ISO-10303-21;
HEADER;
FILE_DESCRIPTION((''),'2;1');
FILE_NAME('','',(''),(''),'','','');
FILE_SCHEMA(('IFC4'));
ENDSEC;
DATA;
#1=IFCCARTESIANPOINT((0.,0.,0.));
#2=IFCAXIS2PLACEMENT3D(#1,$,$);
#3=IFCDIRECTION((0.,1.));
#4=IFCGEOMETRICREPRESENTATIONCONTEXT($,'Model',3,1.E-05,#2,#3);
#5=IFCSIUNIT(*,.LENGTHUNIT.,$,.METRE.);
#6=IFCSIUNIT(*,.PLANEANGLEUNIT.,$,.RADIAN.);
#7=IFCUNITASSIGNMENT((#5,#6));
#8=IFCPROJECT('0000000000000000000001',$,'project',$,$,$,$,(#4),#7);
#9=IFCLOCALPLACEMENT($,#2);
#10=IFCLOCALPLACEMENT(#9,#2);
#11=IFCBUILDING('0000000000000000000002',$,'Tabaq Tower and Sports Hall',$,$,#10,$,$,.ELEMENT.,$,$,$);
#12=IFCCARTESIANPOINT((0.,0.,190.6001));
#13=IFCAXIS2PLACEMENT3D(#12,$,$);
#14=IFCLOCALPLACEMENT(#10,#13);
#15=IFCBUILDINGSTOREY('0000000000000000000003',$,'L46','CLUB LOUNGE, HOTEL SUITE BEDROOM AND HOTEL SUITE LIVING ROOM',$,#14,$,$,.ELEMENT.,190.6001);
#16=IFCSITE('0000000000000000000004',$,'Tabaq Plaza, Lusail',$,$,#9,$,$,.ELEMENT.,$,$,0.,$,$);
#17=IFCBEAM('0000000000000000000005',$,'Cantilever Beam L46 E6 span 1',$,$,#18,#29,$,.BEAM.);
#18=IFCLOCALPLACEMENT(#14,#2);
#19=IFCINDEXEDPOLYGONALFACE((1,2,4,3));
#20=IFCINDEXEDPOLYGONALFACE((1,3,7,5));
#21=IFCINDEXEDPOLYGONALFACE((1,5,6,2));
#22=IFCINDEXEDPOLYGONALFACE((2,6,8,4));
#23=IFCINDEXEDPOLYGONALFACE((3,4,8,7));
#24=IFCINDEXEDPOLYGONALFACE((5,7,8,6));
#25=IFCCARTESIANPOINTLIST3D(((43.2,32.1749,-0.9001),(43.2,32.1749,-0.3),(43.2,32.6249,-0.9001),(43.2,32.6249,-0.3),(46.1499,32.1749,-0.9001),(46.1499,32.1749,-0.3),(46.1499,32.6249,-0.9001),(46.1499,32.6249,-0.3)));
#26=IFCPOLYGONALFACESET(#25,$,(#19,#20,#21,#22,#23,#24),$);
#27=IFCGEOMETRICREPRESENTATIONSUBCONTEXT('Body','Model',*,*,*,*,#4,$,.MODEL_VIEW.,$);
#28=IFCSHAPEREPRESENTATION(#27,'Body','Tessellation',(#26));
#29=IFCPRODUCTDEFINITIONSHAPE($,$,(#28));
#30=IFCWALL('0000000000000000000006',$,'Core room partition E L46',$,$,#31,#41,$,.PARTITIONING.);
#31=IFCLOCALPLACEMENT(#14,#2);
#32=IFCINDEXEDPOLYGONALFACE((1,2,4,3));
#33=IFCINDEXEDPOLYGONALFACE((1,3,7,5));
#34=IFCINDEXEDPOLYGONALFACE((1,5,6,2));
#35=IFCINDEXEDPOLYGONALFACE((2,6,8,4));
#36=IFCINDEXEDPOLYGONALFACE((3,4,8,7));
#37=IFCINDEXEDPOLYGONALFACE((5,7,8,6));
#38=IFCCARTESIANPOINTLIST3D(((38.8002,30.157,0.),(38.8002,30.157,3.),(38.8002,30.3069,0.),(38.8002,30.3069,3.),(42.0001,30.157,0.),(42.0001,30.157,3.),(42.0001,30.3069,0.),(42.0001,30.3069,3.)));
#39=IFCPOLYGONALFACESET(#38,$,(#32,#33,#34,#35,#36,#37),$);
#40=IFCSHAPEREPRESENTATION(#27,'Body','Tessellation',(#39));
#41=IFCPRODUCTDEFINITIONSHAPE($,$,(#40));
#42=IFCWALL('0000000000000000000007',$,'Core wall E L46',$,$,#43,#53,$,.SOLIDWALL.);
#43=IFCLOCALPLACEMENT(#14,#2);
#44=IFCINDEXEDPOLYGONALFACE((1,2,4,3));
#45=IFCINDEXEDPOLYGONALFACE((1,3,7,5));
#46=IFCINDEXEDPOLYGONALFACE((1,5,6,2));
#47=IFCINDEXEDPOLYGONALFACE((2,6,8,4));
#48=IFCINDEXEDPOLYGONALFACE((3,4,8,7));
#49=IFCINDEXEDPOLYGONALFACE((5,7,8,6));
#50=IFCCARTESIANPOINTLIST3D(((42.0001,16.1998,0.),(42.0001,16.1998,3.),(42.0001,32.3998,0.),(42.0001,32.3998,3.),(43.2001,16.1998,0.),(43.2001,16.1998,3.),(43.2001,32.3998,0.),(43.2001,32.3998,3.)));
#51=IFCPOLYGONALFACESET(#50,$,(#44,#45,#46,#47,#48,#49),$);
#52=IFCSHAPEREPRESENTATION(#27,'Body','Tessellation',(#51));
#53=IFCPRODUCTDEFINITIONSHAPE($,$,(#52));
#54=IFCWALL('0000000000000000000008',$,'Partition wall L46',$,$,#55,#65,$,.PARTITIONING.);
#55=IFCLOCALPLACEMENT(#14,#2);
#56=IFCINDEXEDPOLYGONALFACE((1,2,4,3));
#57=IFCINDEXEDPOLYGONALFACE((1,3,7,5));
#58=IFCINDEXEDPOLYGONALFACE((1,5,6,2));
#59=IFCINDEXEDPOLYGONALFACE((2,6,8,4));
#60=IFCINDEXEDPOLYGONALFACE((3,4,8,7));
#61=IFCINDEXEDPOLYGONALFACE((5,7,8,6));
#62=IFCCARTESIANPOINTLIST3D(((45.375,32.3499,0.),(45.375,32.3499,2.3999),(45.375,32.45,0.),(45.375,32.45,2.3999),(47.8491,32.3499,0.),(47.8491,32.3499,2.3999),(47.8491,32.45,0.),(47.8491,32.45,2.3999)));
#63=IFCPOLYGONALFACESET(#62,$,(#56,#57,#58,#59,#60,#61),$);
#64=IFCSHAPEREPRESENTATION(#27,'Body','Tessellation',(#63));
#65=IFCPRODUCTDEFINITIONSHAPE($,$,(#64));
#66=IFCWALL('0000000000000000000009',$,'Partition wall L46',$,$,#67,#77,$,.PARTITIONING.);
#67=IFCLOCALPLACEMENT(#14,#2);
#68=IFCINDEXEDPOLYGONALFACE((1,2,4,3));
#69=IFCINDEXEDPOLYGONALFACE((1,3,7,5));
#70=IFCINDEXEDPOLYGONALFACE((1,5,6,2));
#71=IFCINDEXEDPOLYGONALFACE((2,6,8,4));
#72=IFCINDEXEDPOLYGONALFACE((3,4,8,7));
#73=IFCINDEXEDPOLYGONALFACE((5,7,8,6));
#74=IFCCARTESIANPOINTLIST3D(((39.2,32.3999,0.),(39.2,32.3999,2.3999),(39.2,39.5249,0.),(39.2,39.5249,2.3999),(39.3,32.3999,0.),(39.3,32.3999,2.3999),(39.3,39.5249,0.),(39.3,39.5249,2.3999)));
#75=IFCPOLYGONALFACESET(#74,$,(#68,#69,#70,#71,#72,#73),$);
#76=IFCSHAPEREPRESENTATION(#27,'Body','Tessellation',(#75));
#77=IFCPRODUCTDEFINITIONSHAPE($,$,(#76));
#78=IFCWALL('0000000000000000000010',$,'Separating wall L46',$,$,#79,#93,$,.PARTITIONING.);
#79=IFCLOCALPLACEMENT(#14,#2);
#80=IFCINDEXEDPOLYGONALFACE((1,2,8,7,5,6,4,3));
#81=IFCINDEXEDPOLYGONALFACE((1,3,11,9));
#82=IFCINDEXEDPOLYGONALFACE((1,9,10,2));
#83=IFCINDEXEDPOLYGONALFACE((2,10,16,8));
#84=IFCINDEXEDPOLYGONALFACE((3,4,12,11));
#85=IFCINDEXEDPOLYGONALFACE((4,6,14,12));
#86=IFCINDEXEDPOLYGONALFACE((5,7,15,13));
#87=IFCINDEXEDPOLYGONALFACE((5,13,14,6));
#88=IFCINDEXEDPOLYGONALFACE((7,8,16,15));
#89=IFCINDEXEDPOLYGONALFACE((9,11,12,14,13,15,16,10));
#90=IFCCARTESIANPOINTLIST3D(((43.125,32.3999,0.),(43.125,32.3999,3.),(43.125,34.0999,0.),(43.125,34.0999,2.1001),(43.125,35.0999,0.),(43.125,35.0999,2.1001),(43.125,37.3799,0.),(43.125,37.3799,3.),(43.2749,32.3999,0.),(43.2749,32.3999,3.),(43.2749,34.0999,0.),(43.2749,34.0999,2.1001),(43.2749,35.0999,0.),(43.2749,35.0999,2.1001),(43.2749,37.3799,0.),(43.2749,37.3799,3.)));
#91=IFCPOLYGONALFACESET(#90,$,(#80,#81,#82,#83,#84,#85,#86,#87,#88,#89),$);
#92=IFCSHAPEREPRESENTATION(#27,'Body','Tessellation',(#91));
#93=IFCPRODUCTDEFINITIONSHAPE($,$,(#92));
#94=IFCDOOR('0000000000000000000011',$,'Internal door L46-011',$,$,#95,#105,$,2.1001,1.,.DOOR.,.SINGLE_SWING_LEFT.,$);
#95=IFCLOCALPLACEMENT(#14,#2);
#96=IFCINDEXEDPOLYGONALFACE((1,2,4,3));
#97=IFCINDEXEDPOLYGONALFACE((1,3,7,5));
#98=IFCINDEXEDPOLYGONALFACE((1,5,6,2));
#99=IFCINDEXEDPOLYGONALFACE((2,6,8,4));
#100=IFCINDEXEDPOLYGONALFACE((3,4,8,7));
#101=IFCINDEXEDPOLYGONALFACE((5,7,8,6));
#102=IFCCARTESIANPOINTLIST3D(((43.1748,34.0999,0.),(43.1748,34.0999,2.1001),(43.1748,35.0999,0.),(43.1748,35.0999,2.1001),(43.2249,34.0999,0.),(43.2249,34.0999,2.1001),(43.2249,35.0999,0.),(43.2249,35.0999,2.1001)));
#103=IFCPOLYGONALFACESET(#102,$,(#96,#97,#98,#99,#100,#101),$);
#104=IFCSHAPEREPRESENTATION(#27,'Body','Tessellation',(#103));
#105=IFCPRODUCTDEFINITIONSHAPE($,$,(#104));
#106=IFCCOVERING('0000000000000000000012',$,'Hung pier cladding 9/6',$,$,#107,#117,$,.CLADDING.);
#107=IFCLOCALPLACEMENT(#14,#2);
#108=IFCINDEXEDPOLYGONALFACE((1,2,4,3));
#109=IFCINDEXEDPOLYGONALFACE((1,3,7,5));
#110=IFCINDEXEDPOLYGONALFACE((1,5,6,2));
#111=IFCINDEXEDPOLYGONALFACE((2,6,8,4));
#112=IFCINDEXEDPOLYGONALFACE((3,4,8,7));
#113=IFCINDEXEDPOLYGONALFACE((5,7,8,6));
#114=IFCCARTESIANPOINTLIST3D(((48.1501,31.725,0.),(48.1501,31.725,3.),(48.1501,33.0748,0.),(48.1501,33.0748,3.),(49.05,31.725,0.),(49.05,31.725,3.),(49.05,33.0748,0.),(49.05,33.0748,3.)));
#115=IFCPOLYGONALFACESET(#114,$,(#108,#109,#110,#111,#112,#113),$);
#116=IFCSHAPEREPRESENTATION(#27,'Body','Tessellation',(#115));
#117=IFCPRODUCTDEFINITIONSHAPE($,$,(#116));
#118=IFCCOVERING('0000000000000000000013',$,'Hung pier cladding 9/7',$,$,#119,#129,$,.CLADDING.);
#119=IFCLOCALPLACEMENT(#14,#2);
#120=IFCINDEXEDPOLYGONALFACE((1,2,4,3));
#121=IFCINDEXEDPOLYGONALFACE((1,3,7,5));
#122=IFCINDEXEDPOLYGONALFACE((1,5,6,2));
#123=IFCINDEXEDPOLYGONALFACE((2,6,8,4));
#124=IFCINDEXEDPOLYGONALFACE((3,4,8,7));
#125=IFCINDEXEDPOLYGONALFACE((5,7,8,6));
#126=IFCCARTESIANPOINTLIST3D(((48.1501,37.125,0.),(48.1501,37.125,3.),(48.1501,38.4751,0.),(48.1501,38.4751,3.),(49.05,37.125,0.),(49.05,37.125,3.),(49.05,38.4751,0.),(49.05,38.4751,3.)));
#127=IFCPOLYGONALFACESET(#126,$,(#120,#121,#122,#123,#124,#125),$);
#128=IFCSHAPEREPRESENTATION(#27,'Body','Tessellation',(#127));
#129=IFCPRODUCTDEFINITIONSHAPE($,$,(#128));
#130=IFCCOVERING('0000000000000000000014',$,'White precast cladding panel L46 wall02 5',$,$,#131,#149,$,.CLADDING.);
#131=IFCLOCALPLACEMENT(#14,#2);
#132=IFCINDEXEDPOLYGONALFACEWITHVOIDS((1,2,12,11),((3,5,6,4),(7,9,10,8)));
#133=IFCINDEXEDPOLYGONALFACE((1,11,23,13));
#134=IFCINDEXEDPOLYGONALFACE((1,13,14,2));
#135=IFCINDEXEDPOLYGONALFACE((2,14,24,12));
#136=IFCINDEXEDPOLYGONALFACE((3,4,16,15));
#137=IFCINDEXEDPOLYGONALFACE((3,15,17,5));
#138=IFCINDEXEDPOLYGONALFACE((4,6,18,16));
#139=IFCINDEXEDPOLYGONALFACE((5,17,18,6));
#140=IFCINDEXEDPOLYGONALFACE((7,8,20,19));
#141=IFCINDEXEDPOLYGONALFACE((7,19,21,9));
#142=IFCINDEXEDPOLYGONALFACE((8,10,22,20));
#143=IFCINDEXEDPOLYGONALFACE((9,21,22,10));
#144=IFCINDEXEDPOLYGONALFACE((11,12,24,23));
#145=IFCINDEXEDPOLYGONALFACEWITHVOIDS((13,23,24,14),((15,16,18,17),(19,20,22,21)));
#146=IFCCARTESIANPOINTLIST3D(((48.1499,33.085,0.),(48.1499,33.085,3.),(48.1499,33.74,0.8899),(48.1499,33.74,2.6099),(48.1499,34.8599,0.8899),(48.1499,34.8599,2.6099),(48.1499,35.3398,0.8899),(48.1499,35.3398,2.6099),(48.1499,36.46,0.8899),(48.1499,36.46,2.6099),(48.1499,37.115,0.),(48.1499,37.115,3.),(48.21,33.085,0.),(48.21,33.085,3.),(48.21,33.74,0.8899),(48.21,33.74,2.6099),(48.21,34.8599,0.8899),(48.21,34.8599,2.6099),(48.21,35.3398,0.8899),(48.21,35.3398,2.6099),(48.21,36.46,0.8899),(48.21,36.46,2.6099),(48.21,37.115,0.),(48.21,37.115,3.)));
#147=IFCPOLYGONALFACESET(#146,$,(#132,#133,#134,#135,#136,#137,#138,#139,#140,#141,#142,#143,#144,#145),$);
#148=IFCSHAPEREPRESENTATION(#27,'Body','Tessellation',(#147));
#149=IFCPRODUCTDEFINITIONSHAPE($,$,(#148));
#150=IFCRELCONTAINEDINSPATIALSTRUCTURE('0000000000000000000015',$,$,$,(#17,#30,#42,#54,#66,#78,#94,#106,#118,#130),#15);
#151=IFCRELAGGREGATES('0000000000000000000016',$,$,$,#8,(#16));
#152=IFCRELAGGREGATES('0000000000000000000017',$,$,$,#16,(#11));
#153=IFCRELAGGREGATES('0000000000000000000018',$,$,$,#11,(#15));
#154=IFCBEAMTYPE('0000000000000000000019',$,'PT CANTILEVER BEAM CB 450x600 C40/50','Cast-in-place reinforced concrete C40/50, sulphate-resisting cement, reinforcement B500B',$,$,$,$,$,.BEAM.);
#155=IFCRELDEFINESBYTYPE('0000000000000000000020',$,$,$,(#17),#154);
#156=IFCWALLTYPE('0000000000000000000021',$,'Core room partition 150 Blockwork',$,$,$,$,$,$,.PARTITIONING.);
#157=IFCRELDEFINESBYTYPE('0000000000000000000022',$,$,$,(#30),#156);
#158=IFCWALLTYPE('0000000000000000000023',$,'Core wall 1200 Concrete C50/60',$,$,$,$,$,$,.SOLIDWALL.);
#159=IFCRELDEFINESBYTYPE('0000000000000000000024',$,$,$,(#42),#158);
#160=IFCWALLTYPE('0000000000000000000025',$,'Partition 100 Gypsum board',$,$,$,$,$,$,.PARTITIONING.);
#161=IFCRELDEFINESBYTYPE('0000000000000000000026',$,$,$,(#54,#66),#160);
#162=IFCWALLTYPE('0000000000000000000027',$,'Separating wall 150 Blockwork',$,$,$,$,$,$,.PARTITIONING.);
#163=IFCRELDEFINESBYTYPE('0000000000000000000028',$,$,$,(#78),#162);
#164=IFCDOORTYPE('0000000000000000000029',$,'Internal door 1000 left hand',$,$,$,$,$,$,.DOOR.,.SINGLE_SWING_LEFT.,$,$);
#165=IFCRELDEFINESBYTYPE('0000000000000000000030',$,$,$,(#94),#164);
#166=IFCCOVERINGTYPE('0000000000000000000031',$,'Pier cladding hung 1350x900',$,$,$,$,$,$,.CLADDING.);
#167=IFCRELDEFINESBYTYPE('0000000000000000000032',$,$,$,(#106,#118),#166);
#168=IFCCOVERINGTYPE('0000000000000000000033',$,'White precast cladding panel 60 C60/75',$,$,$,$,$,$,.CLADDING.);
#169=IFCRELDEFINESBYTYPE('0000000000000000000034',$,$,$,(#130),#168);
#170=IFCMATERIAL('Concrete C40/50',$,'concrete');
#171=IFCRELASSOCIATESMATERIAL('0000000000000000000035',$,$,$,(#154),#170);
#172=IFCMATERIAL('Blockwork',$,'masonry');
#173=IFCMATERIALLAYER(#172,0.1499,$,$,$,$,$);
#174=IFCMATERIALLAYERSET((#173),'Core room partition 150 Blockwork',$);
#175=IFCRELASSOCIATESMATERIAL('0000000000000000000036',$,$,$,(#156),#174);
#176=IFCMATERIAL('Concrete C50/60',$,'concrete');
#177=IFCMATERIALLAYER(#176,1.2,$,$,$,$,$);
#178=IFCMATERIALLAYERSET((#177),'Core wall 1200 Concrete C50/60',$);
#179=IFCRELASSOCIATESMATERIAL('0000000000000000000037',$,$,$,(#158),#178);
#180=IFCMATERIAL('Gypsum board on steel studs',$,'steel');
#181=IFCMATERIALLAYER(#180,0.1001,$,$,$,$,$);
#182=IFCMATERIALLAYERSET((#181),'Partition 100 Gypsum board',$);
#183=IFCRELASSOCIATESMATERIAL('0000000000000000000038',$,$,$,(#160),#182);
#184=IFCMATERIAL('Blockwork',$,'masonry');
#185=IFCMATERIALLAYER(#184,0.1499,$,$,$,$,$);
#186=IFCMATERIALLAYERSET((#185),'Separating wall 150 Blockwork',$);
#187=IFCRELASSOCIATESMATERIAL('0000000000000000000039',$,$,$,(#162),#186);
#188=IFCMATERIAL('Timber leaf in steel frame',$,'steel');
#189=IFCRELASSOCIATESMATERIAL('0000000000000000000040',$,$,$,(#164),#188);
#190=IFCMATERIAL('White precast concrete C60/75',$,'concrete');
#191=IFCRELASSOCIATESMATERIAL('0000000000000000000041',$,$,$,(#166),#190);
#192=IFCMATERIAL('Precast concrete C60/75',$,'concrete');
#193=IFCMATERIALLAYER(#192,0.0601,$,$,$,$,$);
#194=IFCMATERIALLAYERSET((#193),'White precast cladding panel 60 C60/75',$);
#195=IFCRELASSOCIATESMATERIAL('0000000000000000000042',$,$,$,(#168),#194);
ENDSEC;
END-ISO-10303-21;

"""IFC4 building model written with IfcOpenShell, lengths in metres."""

from ifc_helpers import new_model, si_unit, direction, frame, frame_2d, origin, origin_2d, place, context, subcontext, project, spatial, polyline, rectangle, outline, extrude, material, layer, layer_set, material_profile, profile_set, type_object, element, fill, save


model = new_model("IFC4")

# Units and contexts
model_context = context("Model", 3, precision=1e-05, world=origin(), true_north=direction((0.0, 1.0)))
body_context = subcontext(model_context, "Body", "Model", "MODEL_VIEW")
ifc_project = project(units=[si_unit("LENGTHUNIT", "METRE"), si_unit("PLANEANGLEUNIT", "RADIAN")], contexts=[model_context])

# Site, building, storey
site_placement = place(None, origin())
site = spatial("IfcSite", under=ifc_project, at=site_placement, Name="Tabaq Plaza, Lusail", CompositionType="ELEMENT", RefElevation=0.0)
building_placement = place(site_placement, origin())
building = spatial("IfcBuilding", under=site, at=building_placement, Name="Tabaq Tower and Sports Hall", CompositionType="ELEMENT")
storey_placement = place(building_placement, frame((0.0, 0.0, 190.6001)))
storey = spatial("IfcBuildingStorey", under=building, at=storey_placement, Name="L46", Description="CLUB LOUNGE, HOTEL SUITE BEDROOM AND HOTEL SUITE LIVING ROOM", CompositionType="ELEMENT", Elevation=190.6001)

# Beam
ifc_material_1 = material(Name="Concrete C40/50", Category="concrete")
ifc_material_profile = material_profile(ifc_material_1, rectangle(XDim=0.45, YDim=0.6001, at=origin_2d()), Name="CB 450x600")
ifc_profile_set = profile_set([ifc_material_profile], Name="Concrete C40/50")
beam_type = type_object("IfcBeamType", Name="PT CANTILEVER BEAM CB 450x600 C40/50", Description="Cast-in-place reinforced concrete C40/50, sulphate-resisting cement, reinforcement B500B", PredefinedType="BEAM", material=ifc_profile_set)
beam_placement = place(storey_placement, frame((46.1499, 32.3999, -0.6001), z_axis=(-1.0, 0.0, 0.0), x_axis=(0.0, -1.0, 0.0)))
element("IfcBeam", 1, at=beam_placement, inside=storey, type_object=beam_type, Name="Cantilever Beam L46 E6 span 1", PredefinedType="BEAM", context=body_context, shape_type="SweptSolid", body=[
    extrude(rectangle(XDim=0.45, YDim=0.6001, at=origin_2d()), origin(), (0.0, 0.0, 1.0), 2.95),
])

# Walls
ifc_material_2 = material(Name="Blockwork", Category="masonry")
ifc_layer_1 = layer(ifc_material_2, 0.1499)
ifc_layer_set_1 = layer_set([ifc_layer_1], Name="Core room partition 150 Blockwork")
wall_type_1 = type_object("IfcWallType", Name="Core room partition 150 Blockwork", PredefinedType="PARTITIONING", material=ifc_layer_set_1)
wall_1_placement = place(storey_placement, frame((38.8, 30.2319, 0.0), z_axis=(0.0, 0.0, 1.0), x_axis=(1.0, 0.0, 0.0)))
element("IfcWall", 2, at=wall_1_placement, inside=storey, type_object=wall_type_1, Name="Core room partition E L46", PredefinedType="PARTITIONING", context=body_context, shape_type="SweptSolid", body=[
    extrude(rectangle(XDim=3.2, YDim=0.1499, at=frame_2d((1.6001, 0.0))), origin(), (0.0, 0.0, 1.0), 3.0),
])
ifc_material_3 = material(Name="Concrete C50/60", Category="concrete")
ifc_layer_2 = layer(ifc_material_3, 1.2)
ifc_layer_set_2 = layer_set([ifc_layer_2], Name="Core wall 1200 Concrete C50/60")
wall_type_2 = type_object("IfcWallType", Name="Core wall 1200 Concrete C50/60", PredefinedType="SOLIDWALL", material=ifc_layer_set_2)
wall_2_placement = place(storey_placement, frame((42.6001, 32.3999, 0.0), z_axis=(0.0, 0.0, 1.0), x_axis=(0.0, -1.0, 0.0)))
element("IfcWall", 3, at=wall_2_placement, inside=storey, type_object=wall_type_2, Name="Core wall E L46", PredefinedType="SOLIDWALL", context=body_context, shape_type="SweptSolid", body=[
    extrude(rectangle(XDim=16.2, YDim=1.2, at=frame_2d((8.1001, 0.0))), origin(), (0.0, 0.0, 1.0), 3.0),
])
ifc_material_4 = material(Name="Gypsum board on steel studs", Category="steel")
ifc_layer_3 = layer(ifc_material_4, 0.1001)
ifc_layer_set_3 = layer_set([ifc_layer_3], Name="Partition 100 Gypsum board")
wall_type_3 = type_object("IfcWallType", Name="Partition 100 Gypsum board", PredefinedType="PARTITIONING", material=ifc_layer_set_3)
wall_3_placement = place(storey_placement, frame((45.375, 32.3999, 0.0), z_axis=(0.0, 0.0, 1.0), x_axis=(1.0, 0.0, 0.0)))
element("IfcWall", 4, at=wall_3_placement, inside=storey, type_object=wall_type_3, Name="Partition wall L46", PredefinedType="PARTITIONING", context=body_context, shape_type="SweptSolid", body=[
    extrude(rectangle(XDim=2.4741, YDim=0.1001, at=frame_2d((1.2371, 0.0))), origin(), (0.0, 0.0, 1.0), 2.3999),
])
wall_4_placement = place(storey_placement, frame((39.25, 32.3999, 0.0), z_axis=(0.0, 0.0, 1.0), x_axis=(0.0, 1.0, 0.0)))
element("IfcWall", 5, at=wall_4_placement, inside=storey, type_object=wall_type_3, Name="Partition wall L46", PredefinedType="PARTITIONING", context=body_context, shape_type="SweptSolid", body=[
    extrude(rectangle(XDim=7.125, YDim=0.1001, at=frame_2d((3.5625, 0.0))), origin(), (0.0, 0.0, 1.0), 2.3999),
])

# Wall, opening, door
ifc_material_5 = material(Name="Blockwork", Category="masonry")
ifc_layer_4 = layer(ifc_material_5, 0.1499)
ifc_layer_set_4 = layer_set([ifc_layer_4], Name="Separating wall 150 Blockwork")
wall_type_4 = type_object("IfcWallType", Name="Separating wall 150 Blockwork", PredefinedType="PARTITIONING", material=ifc_layer_set_4)
wall_5_placement = place(storey_placement, frame((43.2, 37.3799, 0.0), z_axis=(0.0, 0.0, 1.0), x_axis=(0.0, -1.0, 0.0)))
wall_5 = element("IfcWall", 6, at=wall_5_placement, inside=storey, type_object=wall_type_4, Name="Separating wall L46", PredefinedType="PARTITIONING", context=body_context, shape_type="SweptSolid", body=[
    extrude(rectangle(XDim=4.98, YDim=0.1499, at=frame_2d((2.49, 0.0))), origin(), (0.0, 0.0, 1.0), 3.0),
])
opening_placement = place(wall_5_placement, frame((2.28, 0.0, 0.0)))
opening = element("IfcOpeningElement", 7, at=opening_placement, cuts=wall_5, PredefinedType="OPENING", context=body_context, shape_type="SweptSolid", body=[
    extrude(rectangle(XDim=1.0, YDim=2.1001, at=frame_2d((0.5, 1.05))), frame((0.0, 0.075, 0.0), z_axis=(0.0, -1.0, 0.0), x_axis=(1.0, 0.0, 0.0)), (0.0, 0.0, 1.0), 0.1499),
])
ifc_material_6 = material(Name="Timber leaf in steel frame", Category="steel")
door_type = type_object("IfcDoorType", Name="Internal door 1000 left hand", OperationType="SINGLE_SWING_LEFT", PredefinedType="DOOR", material=ifc_material_6)
door_placement = place(opening_placement, origin())
door = element("IfcDoor", 8, at=door_placement, inside=storey, type_object=door_type, Name="Internal door L46-011", OperationType="SINGLE_SWING_LEFT", OverallHeight=2.1001, OverallWidth=1.0, PredefinedType="DOOR", context=body_context, shape_type="SweptSolid", body=[
    extrude(rectangle(XDim=1.0, YDim=2.1001, at=frame_2d((0.5, 1.05))), frame((0.0, 0.0249, 0.0), z_axis=(0.0, -1.0, 0.0), x_axis=(1.0, 0.0, 0.0)), (0.0, 0.0, 1.0), 0.05),
])
fill(opening, door)

# Coverings
ifc_material_7 = material(Name="White precast concrete C60/75", Category="concrete")
covering_type_1 = type_object("IfcCoveringType", Name="Pier cladding hung 1350x900", PredefinedType="CLADDING", material=ifc_material_7)
covering_1_placement = place(storey_placement, frame((48.6001, 31.7251, 0.0), z_axis=(0.0, 0.0, 1.0), x_axis=(0.0, 1.0, 0.0)))
element("IfcCovering", 9, at=covering_1_placement, inside=storey, type_object=covering_type_1, Name="Hung pier cladding 9/6", PredefinedType="CLADDING", context=body_context, shape_type="SweptSolid", body=[
    extrude(rectangle(XDim=1.3499, YDim=0.8999, at=frame_2d((0.6748, 0.0))), origin(), (0.0, 0.0, 1.0), 3.0),
])
covering_2_placement = place(storey_placement, frame((48.6001, 37.125, 0.0), z_axis=(0.0, 0.0, 1.0), x_axis=(0.0, 1.0, 0.0)))
element("IfcCovering", 10, at=covering_2_placement, inside=storey, type_object=covering_type_1, Name="Hung pier cladding 9/7", PredefinedType="CLADDING", context=body_context, shape_type="SweptSolid", body=[
    extrude(rectangle(XDim=1.3501, YDim=0.8999, at=frame_2d((0.675, 0.0))), origin(), (0.0, 0.0, 1.0), 3.0),
])
ifc_material_8 = material(Name="Precast concrete C60/75", Category="concrete")
ifc_layer_5 = layer(ifc_material_8, 0.0601)
ifc_layer_set_5 = layer_set([ifc_layer_5], Name="White precast cladding panel 60 C60/75")
covering_type_2 = type_object("IfcCoveringType", Name="White precast cladding panel 60 C60/75", PredefinedType="CLADDING", material=ifc_layer_set_5)
covering_3_placement = place(storey_placement, frame((48.1799, 33.085, 0.0), z_axis=(0.0, 0.0, 1.0), x_axis=(0.0, 1.0, 0.0)))
element("IfcCovering", 11, at=covering_3_placement, inside=storey, type_object=covering_type_2, Name="White precast cladding panel L46 wall02 5", PredefinedType="CLADDING", context=body_context, shape_type="SweptSolid", body=[
    extrude(outline(polyline([(0.0, 0.0), (4.03, 0.0), (4.03, 3.0), (0.0, 3.0), (0.0, 0.0)]), holes=[polyline([(0.655, 2.6099), (1.7749, 2.6099), (1.7749, 0.8899), (0.655, 0.8899), (0.655, 2.6099)]), polyline([(2.2549, 2.6099), (3.375, 2.6099), (3.375, 0.8899), (2.2549, 0.8899), (2.2549, 2.6099)])]), frame((0.0, 0.03, 0.0), z_axis=(0.0, -1.0, 0.0), x_axis=(1.0, 0.0, 0.0)), (0.0, 0.0, 1.0), 0.0601),
])

save(model, "model.ifc")
